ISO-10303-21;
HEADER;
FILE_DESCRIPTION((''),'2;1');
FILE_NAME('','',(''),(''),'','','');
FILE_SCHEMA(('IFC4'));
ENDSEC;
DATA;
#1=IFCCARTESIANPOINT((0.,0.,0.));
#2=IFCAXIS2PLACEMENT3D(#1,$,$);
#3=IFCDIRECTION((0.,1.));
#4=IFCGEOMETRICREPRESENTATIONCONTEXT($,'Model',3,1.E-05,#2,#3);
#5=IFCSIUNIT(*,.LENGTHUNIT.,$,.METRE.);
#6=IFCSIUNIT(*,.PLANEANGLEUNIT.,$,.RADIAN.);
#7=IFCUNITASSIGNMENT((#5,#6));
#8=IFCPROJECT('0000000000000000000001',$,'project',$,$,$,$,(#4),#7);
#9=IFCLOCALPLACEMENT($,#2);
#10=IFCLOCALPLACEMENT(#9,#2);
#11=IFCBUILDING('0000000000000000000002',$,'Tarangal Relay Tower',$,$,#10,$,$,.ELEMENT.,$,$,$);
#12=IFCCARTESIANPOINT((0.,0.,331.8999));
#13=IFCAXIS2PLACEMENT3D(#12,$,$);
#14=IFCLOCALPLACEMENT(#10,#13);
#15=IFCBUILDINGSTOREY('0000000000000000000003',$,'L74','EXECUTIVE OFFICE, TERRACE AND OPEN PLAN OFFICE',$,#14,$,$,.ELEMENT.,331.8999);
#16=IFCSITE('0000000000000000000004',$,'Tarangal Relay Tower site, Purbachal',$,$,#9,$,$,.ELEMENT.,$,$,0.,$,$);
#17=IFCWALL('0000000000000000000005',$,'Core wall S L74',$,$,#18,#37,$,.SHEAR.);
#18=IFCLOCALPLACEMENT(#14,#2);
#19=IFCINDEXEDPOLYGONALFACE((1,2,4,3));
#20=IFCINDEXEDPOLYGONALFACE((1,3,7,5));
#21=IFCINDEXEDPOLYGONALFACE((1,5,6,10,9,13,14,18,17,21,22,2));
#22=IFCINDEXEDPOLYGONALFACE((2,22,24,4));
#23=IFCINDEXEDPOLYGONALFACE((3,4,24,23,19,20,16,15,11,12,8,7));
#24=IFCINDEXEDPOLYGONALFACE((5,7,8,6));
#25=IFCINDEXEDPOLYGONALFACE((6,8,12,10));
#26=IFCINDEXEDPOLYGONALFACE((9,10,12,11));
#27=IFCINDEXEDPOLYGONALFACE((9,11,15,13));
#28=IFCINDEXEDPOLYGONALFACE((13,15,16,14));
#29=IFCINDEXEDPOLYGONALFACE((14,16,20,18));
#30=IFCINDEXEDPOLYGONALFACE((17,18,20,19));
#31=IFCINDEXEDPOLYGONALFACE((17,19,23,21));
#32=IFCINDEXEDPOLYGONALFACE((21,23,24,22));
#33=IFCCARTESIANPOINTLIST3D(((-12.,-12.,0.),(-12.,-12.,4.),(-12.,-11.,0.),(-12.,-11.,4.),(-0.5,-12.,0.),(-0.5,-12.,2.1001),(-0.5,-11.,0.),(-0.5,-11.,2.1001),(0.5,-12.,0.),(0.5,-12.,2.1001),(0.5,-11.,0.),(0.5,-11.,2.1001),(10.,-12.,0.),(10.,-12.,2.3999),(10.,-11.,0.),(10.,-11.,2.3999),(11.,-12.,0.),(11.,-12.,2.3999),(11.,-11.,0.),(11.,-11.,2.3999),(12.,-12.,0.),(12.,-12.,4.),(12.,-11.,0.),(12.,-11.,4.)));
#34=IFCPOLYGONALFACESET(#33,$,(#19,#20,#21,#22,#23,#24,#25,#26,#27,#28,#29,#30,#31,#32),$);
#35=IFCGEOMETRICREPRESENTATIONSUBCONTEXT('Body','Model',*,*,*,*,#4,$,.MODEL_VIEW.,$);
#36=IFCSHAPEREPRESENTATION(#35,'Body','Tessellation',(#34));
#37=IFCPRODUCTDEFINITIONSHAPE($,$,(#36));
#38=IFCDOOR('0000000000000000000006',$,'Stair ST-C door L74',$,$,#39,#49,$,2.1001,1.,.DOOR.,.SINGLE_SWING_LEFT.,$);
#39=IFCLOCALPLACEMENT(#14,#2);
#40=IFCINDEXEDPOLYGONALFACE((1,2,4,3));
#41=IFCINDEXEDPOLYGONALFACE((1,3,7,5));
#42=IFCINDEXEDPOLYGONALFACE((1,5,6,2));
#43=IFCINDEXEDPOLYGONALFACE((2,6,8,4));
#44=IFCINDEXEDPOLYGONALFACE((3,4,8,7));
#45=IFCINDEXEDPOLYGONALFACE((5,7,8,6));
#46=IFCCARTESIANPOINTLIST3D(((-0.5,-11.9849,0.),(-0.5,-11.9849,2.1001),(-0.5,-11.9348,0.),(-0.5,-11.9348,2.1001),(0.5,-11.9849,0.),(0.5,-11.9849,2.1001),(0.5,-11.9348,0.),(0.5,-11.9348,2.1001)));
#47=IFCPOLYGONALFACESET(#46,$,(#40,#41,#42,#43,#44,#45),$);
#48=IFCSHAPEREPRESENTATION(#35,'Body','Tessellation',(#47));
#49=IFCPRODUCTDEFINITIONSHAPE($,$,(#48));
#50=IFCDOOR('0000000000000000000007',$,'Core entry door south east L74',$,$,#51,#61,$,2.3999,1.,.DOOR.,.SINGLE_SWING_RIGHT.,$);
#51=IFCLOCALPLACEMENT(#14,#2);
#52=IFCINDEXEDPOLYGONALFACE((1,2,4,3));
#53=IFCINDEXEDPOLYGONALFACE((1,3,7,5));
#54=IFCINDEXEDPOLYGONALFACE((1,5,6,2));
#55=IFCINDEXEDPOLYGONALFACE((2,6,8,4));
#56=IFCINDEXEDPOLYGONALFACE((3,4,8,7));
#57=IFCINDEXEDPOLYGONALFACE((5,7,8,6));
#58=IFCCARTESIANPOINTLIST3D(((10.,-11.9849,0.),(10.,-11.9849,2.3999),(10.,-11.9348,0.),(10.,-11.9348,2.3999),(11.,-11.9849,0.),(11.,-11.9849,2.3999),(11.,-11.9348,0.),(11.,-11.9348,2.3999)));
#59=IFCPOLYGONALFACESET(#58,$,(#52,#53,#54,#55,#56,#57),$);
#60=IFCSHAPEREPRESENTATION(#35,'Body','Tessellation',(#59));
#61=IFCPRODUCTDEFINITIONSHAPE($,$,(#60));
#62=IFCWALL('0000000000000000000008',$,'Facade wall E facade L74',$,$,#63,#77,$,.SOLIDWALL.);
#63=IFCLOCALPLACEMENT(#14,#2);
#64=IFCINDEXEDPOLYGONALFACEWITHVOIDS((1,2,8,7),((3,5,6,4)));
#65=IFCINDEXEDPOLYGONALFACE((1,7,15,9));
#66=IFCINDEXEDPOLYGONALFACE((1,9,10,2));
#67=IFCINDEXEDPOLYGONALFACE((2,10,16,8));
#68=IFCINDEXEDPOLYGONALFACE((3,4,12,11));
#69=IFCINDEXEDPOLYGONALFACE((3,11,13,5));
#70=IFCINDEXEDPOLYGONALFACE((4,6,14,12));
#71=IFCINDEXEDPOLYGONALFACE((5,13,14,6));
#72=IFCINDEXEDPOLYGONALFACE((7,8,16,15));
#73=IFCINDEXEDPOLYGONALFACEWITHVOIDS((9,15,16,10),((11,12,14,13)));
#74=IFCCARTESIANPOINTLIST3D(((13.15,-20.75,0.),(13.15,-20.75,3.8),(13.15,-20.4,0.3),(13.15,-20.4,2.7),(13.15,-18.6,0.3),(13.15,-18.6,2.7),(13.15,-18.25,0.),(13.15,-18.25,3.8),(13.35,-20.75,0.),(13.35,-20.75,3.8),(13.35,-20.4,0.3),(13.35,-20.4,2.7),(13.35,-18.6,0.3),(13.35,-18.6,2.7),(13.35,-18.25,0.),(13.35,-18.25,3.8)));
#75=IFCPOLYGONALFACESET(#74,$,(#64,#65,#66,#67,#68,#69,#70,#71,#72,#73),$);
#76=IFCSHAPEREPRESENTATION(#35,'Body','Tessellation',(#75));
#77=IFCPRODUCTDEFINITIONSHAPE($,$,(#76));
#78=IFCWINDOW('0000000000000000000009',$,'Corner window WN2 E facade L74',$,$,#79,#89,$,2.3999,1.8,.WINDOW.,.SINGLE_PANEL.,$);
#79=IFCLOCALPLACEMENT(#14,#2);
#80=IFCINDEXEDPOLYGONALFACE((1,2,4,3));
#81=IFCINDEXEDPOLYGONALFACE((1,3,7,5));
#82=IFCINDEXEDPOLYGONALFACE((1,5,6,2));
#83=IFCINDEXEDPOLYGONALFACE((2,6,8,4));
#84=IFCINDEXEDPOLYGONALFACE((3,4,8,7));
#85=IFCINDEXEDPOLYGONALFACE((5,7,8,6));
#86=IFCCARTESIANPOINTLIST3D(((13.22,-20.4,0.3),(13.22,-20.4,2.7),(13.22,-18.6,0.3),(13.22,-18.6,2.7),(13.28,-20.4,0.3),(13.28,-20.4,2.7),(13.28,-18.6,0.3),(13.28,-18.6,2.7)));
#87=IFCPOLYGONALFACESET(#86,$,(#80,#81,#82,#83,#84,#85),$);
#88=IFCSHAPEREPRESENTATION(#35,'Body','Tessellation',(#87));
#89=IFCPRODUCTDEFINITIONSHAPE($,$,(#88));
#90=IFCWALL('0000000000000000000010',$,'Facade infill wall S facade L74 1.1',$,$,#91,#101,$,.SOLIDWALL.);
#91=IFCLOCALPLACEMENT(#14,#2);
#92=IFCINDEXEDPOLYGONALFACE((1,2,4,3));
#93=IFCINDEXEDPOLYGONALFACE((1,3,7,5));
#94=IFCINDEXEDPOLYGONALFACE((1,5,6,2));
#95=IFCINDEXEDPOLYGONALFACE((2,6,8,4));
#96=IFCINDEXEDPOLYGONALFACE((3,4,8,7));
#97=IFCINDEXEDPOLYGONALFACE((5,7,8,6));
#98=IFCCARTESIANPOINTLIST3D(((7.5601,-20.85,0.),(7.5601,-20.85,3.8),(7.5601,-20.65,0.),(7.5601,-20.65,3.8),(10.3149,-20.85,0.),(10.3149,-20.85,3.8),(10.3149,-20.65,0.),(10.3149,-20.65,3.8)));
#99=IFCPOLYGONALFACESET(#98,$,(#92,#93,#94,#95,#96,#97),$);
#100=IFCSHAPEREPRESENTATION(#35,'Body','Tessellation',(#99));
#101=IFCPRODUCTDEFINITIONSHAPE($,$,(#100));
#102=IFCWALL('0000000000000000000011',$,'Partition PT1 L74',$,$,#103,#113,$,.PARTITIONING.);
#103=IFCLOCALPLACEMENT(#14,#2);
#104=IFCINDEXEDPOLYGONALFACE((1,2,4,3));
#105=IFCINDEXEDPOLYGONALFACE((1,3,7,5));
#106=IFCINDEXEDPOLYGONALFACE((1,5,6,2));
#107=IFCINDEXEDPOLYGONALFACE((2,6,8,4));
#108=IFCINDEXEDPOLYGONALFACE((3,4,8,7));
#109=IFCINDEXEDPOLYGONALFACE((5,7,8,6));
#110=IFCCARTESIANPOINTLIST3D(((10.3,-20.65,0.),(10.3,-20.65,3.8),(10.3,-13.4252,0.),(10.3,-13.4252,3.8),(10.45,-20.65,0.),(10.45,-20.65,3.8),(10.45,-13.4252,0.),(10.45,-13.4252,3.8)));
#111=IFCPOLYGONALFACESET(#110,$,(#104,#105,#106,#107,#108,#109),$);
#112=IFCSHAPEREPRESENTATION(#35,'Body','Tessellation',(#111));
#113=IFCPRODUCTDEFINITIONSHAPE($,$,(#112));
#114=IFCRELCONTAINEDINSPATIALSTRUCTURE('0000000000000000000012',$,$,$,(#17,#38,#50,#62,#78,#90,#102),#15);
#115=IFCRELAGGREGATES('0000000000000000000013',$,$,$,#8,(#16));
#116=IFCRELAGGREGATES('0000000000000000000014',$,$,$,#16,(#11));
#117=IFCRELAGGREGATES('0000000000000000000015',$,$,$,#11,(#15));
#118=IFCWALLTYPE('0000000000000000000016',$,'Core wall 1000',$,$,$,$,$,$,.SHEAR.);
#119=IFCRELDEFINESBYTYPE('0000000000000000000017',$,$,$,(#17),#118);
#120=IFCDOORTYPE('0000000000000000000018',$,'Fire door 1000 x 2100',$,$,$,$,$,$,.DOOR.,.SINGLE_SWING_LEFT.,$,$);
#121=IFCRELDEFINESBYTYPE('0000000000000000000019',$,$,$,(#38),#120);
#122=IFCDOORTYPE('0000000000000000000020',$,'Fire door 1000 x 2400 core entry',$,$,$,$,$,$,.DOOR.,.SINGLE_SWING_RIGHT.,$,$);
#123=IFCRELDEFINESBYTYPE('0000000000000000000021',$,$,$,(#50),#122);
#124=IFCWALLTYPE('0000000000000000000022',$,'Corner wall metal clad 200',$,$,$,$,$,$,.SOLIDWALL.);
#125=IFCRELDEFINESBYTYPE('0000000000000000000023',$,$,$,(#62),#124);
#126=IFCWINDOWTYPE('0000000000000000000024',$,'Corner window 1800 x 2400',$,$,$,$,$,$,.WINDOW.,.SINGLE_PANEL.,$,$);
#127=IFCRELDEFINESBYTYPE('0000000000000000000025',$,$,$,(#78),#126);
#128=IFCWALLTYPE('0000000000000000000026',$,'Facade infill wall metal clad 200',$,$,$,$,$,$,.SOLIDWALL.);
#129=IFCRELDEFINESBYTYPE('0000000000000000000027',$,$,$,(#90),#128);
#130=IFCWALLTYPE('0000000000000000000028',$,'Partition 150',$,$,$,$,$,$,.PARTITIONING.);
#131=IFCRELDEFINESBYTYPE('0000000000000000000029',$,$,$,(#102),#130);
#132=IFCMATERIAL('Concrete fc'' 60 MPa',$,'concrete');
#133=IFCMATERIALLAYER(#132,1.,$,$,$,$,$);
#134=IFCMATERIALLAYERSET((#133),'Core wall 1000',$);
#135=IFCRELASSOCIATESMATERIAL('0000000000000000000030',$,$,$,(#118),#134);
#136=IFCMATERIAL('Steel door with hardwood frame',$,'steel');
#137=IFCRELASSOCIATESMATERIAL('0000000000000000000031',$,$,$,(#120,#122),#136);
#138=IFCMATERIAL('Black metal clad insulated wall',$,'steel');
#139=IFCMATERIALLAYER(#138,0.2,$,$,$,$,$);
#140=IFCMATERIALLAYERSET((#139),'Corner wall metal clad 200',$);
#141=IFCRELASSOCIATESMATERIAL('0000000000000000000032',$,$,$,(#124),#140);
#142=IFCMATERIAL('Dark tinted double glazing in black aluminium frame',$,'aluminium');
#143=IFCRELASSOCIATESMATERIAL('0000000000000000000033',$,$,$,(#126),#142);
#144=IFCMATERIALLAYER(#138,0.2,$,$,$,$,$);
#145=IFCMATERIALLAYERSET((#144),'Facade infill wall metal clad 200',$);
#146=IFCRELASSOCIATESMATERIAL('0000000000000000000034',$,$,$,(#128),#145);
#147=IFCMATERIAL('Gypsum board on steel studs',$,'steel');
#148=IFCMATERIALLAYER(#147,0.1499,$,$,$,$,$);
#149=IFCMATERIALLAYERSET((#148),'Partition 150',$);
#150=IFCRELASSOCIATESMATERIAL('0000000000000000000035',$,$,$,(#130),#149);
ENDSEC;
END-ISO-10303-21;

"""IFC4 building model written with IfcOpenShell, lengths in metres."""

from ifc_helpers import new_model, si_unit, direction, frame, frame_2d, origin, place, context, subcontext, project, spatial, rectangle, extrude, material, layer, layer_set, type_object, element, fill, save


model = new_model("IFC4")

# Units and contexts
model_context = context("Model", 3, precision=1e-05, world=origin(), true_north=direction((0.0, 1.0)))
body_context = subcontext(model_context, "Body", "Model", "MODEL_VIEW")
ifc_project = project(units=[si_unit("LENGTHUNIT", "METRE"), si_unit("PLANEANGLEUNIT", "RADIAN")], contexts=[model_context])

# Site, building, storey
site_placement = place(None, origin())
site = spatial("IfcSite", under=ifc_project, at=site_placement, Name="Tarangal Relay Tower site, Purbachal", CompositionType="ELEMENT", RefElevation=0.0)
building_placement = place(site_placement, origin())
building = spatial("IfcBuilding", under=site, at=building_placement, Name="Tarangal Relay Tower", CompositionType="ELEMENT")
storey_placement = place(building_placement, frame((0.0, 0.0, 331.8999)))
storey = spatial("IfcBuildingStorey", under=building, at=storey_placement, Name="L74", Description="EXECUTIVE OFFICE, TERRACE AND OPEN PLAN OFFICE", CompositionType="ELEMENT", Elevation=331.8999)

# Wall, openings, doors
ifc_material_1 = material(Name="Concrete fc' 60 MPa", Category="concrete")
ifc_layer_1 = layer(ifc_material_1, 1.0)
ifc_layer_set_1 = layer_set([ifc_layer_1], Name="Core wall 1000")
wall_type_1 = type_object("IfcWallType", Name="Core wall 1000", PredefinedType="SHEAR", material=ifc_layer_set_1)
wall_1_placement = place(storey_placement, frame((12.0, -11.5, 0.0), z_axis=(0.0, 0.0, 1.0), x_axis=(-1.0, 0.0, 0.0)))
wall_1 = element("IfcWall", 1, at=wall_1_placement, inside=storey, type_object=wall_type_1, Name="Core wall S L74", PredefinedType="SHEAR", context=body_context, shape_type="SweptSolid", body=[
    extrude(rectangle(XDim=24.0, YDim=1.0, at=frame_2d((12.0, 0.0))), origin(), (0.0, 0.0, 1.0), 4.0),
])
opening_1_placement = place(wall_1_placement, frame((11.5, 0.0, 0.0)))
opening_1 = element("IfcOpeningElement", 2, at=opening_1_placement, cuts=wall_1, PredefinedType="OPENING", context=body_context, shape_type="SweptSolid", body=[
    extrude(rectangle(XDim=1.0, YDim=2.1001, at=frame_2d((0.5, 1.05))), frame((0.0, 0.51, 0.0), z_axis=(0.0, -1.0, 0.0), x_axis=(1.0, 0.0, 0.0)), (0.0, 0.0, 1.0), 1.02),
])
opening_2_placement = place(wall_1_placement, frame((1.0, 0.0, 0.0)))
opening_2 = element("IfcOpeningElement", 3, at=opening_2_placement, cuts=wall_1, PredefinedType="OPENING", context=body_context, shape_type="SweptSolid", body=[
    extrude(rectangle(XDim=1.0, YDim=2.3999, at=frame_2d((0.5, 1.2))), frame((0.0, 0.51, 0.0), z_axis=(0.0, -1.0, 0.0), x_axis=(1.0, 0.0, 0.0)), (0.0, 0.0, 1.0), 1.02),
])
ifc_material_2 = material(Name="Steel door with hardwood frame", Category="steel")
door_type_1 = type_object("IfcDoorType", Name="Fire door 1000 x 2100", OperationType="SINGLE_SWING_LEFT", PredefinedType="DOOR", material=ifc_material_2)
door_1_placement = place(opening_1_placement, origin())
door_1 = element("IfcDoor", 4, at=door_1_placement, inside=storey, type_object=door_type_1, Name="Stair ST-C door L74", OperationType="SINGLE_SWING_LEFT", OverallHeight=2.1001, OverallWidth=1.0, PredefinedType="DOOR", context=body_context, shape_type="SweptSolid", body=[
    extrude(rectangle(XDim=1.0, YDim=2.1001, at=frame_2d((0.5, 1.05))), frame((0.0, 0.4849, 0.0), z_axis=(0.0, -1.0, 0.0), x_axis=(1.0, 0.0, 0.0)), (0.0, 0.0, 1.0), 0.05),
])
fill(opening_1, door_1)
door_type_2 = type_object("IfcDoorType", Name="Fire door 1000 x 2400 core entry", OperationType="SINGLE_SWING_RIGHT", PredefinedType="DOOR", material=ifc_material_2)
door_2_placement = place(opening_2_placement, origin())
door_2 = element("IfcDoor", 5, at=door_2_placement, inside=storey, type_object=door_type_2, Name="Core entry door south east L74", OperationType="SINGLE_SWING_RIGHT", OverallHeight=2.3999, OverallWidth=1.0, PredefinedType="DOOR", context=body_context, shape_type="SweptSolid", body=[
    extrude(rectangle(XDim=1.0, YDim=2.3999, at=frame_2d((0.5, 1.2))), frame((0.0, 0.4849, 0.0), z_axis=(0.0, -1.0, 0.0), x_axis=(1.0, 0.0, 0.0)), (0.0, 0.0, 1.0), 0.05),
])
fill(opening_2, door_2)

# Wall, opening, window
ifc_material_3 = material(Name="Black metal clad insulated wall", Category="steel")
ifc_layer_2 = layer(ifc_material_3, 0.2)
ifc_layer_set_2 = layer_set([ifc_layer_2], Name="Corner wall metal clad 200")
wall_type_2 = type_object("IfcWallType", Name="Corner wall metal clad 200", PredefinedType="SOLIDWALL", material=ifc_layer_set_2)
wall_2_placement = place(storey_placement, frame((13.25, -18.25, 0.0), z_axis=(0.0, 0.0, 1.0), x_axis=(0.0, -1.0, 0.0)))
wall_2 = element("IfcWall", 6, at=wall_2_placement, inside=storey, type_object=wall_type_2, Name="Facade wall E facade L74", PredefinedType="SOLIDWALL", context=body_context, shape_type="SweptSolid", body=[
    extrude(rectangle(XDim=2.5, YDim=0.2, at=frame_2d((1.25, 0.0))), origin(), (0.0, 0.0, 1.0), 3.8),
])
opening_3_placement = place(wall_2_placement, frame((0.3501, 0.0, 0.3)))
opening_3 = element("IfcOpeningElement", 7, at=opening_3_placement, cuts=wall_2, PredefinedType="OPENING", context=body_context, shape_type="SweptSolid", body=[
    extrude(rectangle(XDim=1.8, YDim=2.3999, at=frame_2d((0.8999, 1.2))), frame((0.0, 0.1099, 0.0), z_axis=(0.0, -1.0, 0.0), x_axis=(1.0, 0.0, 0.0)), (0.0, 0.0, 1.0), 0.22),
])
ifc_material_4 = material(Name="Dark tinted double glazing in black aluminium frame", Category="aluminium")
window_type = type_object("IfcWindowType", Name="Corner window 1800 x 2400", PartitioningType="SINGLE_PANEL", PredefinedType="WINDOW", material=ifc_material_4)
window_placement = place(opening_3_placement, origin())
window = element("IfcWindow", 8, at=window_placement, inside=storey, type_object=window_type, Name="Corner window WN2 E facade L74", OverallHeight=2.3999, OverallWidth=1.8, PartitioningType="SINGLE_PANEL", PredefinedType="WINDOW", context=body_context, shape_type="SweptSolid", body=[
    extrude(rectangle(XDim=1.8, YDim=2.3999, at=frame_2d((0.8999, 1.2))), frame((0.0, 0.03, 0.0), z_axis=(0.0, -1.0, 0.0), x_axis=(1.0, 0.0, 0.0)), (0.0, 0.0, 1.0), 0.0601),
])
fill(opening_3, window)

# Walls
ifc_layer_3 = layer(ifc_material_3, 0.2)
ifc_layer_set_3 = layer_set([ifc_layer_3], Name="Facade infill wall metal clad 200")
wall_type_3 = type_object("IfcWallType", Name="Facade infill wall metal clad 200", PredefinedType="SOLIDWALL", material=ifc_layer_set_3)
wall_3_placement = place(storey_placement, frame((10.3149, -20.75, 0.0), z_axis=(0.0, 0.0, 1.0), x_axis=(-1.0, 0.0, 0.0)))
element("IfcWall", 9, at=wall_3_placement, inside=storey, type_object=wall_type_3, Name="Facade infill wall S facade L74 1.1", PredefinedType="SOLIDWALL", context=body_context, shape_type="SweptSolid", body=[
    extrude(rectangle(XDim=2.7549, YDim=0.2, at=frame_2d((1.3774, 0.0))), origin(), (0.0, 0.0, 1.0), 3.8),
])
ifc_material_5 = material(Name="Gypsum board on steel studs", Category="steel")
ifc_layer_4 = layer(ifc_material_5, 0.1499)
ifc_layer_set_4 = layer_set([ifc_layer_4], Name="Partition 150")
wall_type_4 = type_object("IfcWallType", Name="Partition 150", PredefinedType="PARTITIONING", material=ifc_layer_set_4)
wall_4_placement = place(storey_placement, frame((10.375, -20.6499, 0.0), z_axis=(0.0, 0.0, 1.0), x_axis=(0.0, 1.0, 0.0)))
element("IfcWall", 10, at=wall_4_placement, inside=storey, type_object=wall_type_4, Name="Partition PT1 L74", PredefinedType="PARTITIONING", context=body_context, shape_type="SweptSolid", body=[
    extrude(rectangle(XDim=7.2249, YDim=0.1499, at=frame_2d((3.6123, 0.0))), origin(), (0.0, 0.0, 1.0), 3.8),
])

save(model, "model.ifc")
